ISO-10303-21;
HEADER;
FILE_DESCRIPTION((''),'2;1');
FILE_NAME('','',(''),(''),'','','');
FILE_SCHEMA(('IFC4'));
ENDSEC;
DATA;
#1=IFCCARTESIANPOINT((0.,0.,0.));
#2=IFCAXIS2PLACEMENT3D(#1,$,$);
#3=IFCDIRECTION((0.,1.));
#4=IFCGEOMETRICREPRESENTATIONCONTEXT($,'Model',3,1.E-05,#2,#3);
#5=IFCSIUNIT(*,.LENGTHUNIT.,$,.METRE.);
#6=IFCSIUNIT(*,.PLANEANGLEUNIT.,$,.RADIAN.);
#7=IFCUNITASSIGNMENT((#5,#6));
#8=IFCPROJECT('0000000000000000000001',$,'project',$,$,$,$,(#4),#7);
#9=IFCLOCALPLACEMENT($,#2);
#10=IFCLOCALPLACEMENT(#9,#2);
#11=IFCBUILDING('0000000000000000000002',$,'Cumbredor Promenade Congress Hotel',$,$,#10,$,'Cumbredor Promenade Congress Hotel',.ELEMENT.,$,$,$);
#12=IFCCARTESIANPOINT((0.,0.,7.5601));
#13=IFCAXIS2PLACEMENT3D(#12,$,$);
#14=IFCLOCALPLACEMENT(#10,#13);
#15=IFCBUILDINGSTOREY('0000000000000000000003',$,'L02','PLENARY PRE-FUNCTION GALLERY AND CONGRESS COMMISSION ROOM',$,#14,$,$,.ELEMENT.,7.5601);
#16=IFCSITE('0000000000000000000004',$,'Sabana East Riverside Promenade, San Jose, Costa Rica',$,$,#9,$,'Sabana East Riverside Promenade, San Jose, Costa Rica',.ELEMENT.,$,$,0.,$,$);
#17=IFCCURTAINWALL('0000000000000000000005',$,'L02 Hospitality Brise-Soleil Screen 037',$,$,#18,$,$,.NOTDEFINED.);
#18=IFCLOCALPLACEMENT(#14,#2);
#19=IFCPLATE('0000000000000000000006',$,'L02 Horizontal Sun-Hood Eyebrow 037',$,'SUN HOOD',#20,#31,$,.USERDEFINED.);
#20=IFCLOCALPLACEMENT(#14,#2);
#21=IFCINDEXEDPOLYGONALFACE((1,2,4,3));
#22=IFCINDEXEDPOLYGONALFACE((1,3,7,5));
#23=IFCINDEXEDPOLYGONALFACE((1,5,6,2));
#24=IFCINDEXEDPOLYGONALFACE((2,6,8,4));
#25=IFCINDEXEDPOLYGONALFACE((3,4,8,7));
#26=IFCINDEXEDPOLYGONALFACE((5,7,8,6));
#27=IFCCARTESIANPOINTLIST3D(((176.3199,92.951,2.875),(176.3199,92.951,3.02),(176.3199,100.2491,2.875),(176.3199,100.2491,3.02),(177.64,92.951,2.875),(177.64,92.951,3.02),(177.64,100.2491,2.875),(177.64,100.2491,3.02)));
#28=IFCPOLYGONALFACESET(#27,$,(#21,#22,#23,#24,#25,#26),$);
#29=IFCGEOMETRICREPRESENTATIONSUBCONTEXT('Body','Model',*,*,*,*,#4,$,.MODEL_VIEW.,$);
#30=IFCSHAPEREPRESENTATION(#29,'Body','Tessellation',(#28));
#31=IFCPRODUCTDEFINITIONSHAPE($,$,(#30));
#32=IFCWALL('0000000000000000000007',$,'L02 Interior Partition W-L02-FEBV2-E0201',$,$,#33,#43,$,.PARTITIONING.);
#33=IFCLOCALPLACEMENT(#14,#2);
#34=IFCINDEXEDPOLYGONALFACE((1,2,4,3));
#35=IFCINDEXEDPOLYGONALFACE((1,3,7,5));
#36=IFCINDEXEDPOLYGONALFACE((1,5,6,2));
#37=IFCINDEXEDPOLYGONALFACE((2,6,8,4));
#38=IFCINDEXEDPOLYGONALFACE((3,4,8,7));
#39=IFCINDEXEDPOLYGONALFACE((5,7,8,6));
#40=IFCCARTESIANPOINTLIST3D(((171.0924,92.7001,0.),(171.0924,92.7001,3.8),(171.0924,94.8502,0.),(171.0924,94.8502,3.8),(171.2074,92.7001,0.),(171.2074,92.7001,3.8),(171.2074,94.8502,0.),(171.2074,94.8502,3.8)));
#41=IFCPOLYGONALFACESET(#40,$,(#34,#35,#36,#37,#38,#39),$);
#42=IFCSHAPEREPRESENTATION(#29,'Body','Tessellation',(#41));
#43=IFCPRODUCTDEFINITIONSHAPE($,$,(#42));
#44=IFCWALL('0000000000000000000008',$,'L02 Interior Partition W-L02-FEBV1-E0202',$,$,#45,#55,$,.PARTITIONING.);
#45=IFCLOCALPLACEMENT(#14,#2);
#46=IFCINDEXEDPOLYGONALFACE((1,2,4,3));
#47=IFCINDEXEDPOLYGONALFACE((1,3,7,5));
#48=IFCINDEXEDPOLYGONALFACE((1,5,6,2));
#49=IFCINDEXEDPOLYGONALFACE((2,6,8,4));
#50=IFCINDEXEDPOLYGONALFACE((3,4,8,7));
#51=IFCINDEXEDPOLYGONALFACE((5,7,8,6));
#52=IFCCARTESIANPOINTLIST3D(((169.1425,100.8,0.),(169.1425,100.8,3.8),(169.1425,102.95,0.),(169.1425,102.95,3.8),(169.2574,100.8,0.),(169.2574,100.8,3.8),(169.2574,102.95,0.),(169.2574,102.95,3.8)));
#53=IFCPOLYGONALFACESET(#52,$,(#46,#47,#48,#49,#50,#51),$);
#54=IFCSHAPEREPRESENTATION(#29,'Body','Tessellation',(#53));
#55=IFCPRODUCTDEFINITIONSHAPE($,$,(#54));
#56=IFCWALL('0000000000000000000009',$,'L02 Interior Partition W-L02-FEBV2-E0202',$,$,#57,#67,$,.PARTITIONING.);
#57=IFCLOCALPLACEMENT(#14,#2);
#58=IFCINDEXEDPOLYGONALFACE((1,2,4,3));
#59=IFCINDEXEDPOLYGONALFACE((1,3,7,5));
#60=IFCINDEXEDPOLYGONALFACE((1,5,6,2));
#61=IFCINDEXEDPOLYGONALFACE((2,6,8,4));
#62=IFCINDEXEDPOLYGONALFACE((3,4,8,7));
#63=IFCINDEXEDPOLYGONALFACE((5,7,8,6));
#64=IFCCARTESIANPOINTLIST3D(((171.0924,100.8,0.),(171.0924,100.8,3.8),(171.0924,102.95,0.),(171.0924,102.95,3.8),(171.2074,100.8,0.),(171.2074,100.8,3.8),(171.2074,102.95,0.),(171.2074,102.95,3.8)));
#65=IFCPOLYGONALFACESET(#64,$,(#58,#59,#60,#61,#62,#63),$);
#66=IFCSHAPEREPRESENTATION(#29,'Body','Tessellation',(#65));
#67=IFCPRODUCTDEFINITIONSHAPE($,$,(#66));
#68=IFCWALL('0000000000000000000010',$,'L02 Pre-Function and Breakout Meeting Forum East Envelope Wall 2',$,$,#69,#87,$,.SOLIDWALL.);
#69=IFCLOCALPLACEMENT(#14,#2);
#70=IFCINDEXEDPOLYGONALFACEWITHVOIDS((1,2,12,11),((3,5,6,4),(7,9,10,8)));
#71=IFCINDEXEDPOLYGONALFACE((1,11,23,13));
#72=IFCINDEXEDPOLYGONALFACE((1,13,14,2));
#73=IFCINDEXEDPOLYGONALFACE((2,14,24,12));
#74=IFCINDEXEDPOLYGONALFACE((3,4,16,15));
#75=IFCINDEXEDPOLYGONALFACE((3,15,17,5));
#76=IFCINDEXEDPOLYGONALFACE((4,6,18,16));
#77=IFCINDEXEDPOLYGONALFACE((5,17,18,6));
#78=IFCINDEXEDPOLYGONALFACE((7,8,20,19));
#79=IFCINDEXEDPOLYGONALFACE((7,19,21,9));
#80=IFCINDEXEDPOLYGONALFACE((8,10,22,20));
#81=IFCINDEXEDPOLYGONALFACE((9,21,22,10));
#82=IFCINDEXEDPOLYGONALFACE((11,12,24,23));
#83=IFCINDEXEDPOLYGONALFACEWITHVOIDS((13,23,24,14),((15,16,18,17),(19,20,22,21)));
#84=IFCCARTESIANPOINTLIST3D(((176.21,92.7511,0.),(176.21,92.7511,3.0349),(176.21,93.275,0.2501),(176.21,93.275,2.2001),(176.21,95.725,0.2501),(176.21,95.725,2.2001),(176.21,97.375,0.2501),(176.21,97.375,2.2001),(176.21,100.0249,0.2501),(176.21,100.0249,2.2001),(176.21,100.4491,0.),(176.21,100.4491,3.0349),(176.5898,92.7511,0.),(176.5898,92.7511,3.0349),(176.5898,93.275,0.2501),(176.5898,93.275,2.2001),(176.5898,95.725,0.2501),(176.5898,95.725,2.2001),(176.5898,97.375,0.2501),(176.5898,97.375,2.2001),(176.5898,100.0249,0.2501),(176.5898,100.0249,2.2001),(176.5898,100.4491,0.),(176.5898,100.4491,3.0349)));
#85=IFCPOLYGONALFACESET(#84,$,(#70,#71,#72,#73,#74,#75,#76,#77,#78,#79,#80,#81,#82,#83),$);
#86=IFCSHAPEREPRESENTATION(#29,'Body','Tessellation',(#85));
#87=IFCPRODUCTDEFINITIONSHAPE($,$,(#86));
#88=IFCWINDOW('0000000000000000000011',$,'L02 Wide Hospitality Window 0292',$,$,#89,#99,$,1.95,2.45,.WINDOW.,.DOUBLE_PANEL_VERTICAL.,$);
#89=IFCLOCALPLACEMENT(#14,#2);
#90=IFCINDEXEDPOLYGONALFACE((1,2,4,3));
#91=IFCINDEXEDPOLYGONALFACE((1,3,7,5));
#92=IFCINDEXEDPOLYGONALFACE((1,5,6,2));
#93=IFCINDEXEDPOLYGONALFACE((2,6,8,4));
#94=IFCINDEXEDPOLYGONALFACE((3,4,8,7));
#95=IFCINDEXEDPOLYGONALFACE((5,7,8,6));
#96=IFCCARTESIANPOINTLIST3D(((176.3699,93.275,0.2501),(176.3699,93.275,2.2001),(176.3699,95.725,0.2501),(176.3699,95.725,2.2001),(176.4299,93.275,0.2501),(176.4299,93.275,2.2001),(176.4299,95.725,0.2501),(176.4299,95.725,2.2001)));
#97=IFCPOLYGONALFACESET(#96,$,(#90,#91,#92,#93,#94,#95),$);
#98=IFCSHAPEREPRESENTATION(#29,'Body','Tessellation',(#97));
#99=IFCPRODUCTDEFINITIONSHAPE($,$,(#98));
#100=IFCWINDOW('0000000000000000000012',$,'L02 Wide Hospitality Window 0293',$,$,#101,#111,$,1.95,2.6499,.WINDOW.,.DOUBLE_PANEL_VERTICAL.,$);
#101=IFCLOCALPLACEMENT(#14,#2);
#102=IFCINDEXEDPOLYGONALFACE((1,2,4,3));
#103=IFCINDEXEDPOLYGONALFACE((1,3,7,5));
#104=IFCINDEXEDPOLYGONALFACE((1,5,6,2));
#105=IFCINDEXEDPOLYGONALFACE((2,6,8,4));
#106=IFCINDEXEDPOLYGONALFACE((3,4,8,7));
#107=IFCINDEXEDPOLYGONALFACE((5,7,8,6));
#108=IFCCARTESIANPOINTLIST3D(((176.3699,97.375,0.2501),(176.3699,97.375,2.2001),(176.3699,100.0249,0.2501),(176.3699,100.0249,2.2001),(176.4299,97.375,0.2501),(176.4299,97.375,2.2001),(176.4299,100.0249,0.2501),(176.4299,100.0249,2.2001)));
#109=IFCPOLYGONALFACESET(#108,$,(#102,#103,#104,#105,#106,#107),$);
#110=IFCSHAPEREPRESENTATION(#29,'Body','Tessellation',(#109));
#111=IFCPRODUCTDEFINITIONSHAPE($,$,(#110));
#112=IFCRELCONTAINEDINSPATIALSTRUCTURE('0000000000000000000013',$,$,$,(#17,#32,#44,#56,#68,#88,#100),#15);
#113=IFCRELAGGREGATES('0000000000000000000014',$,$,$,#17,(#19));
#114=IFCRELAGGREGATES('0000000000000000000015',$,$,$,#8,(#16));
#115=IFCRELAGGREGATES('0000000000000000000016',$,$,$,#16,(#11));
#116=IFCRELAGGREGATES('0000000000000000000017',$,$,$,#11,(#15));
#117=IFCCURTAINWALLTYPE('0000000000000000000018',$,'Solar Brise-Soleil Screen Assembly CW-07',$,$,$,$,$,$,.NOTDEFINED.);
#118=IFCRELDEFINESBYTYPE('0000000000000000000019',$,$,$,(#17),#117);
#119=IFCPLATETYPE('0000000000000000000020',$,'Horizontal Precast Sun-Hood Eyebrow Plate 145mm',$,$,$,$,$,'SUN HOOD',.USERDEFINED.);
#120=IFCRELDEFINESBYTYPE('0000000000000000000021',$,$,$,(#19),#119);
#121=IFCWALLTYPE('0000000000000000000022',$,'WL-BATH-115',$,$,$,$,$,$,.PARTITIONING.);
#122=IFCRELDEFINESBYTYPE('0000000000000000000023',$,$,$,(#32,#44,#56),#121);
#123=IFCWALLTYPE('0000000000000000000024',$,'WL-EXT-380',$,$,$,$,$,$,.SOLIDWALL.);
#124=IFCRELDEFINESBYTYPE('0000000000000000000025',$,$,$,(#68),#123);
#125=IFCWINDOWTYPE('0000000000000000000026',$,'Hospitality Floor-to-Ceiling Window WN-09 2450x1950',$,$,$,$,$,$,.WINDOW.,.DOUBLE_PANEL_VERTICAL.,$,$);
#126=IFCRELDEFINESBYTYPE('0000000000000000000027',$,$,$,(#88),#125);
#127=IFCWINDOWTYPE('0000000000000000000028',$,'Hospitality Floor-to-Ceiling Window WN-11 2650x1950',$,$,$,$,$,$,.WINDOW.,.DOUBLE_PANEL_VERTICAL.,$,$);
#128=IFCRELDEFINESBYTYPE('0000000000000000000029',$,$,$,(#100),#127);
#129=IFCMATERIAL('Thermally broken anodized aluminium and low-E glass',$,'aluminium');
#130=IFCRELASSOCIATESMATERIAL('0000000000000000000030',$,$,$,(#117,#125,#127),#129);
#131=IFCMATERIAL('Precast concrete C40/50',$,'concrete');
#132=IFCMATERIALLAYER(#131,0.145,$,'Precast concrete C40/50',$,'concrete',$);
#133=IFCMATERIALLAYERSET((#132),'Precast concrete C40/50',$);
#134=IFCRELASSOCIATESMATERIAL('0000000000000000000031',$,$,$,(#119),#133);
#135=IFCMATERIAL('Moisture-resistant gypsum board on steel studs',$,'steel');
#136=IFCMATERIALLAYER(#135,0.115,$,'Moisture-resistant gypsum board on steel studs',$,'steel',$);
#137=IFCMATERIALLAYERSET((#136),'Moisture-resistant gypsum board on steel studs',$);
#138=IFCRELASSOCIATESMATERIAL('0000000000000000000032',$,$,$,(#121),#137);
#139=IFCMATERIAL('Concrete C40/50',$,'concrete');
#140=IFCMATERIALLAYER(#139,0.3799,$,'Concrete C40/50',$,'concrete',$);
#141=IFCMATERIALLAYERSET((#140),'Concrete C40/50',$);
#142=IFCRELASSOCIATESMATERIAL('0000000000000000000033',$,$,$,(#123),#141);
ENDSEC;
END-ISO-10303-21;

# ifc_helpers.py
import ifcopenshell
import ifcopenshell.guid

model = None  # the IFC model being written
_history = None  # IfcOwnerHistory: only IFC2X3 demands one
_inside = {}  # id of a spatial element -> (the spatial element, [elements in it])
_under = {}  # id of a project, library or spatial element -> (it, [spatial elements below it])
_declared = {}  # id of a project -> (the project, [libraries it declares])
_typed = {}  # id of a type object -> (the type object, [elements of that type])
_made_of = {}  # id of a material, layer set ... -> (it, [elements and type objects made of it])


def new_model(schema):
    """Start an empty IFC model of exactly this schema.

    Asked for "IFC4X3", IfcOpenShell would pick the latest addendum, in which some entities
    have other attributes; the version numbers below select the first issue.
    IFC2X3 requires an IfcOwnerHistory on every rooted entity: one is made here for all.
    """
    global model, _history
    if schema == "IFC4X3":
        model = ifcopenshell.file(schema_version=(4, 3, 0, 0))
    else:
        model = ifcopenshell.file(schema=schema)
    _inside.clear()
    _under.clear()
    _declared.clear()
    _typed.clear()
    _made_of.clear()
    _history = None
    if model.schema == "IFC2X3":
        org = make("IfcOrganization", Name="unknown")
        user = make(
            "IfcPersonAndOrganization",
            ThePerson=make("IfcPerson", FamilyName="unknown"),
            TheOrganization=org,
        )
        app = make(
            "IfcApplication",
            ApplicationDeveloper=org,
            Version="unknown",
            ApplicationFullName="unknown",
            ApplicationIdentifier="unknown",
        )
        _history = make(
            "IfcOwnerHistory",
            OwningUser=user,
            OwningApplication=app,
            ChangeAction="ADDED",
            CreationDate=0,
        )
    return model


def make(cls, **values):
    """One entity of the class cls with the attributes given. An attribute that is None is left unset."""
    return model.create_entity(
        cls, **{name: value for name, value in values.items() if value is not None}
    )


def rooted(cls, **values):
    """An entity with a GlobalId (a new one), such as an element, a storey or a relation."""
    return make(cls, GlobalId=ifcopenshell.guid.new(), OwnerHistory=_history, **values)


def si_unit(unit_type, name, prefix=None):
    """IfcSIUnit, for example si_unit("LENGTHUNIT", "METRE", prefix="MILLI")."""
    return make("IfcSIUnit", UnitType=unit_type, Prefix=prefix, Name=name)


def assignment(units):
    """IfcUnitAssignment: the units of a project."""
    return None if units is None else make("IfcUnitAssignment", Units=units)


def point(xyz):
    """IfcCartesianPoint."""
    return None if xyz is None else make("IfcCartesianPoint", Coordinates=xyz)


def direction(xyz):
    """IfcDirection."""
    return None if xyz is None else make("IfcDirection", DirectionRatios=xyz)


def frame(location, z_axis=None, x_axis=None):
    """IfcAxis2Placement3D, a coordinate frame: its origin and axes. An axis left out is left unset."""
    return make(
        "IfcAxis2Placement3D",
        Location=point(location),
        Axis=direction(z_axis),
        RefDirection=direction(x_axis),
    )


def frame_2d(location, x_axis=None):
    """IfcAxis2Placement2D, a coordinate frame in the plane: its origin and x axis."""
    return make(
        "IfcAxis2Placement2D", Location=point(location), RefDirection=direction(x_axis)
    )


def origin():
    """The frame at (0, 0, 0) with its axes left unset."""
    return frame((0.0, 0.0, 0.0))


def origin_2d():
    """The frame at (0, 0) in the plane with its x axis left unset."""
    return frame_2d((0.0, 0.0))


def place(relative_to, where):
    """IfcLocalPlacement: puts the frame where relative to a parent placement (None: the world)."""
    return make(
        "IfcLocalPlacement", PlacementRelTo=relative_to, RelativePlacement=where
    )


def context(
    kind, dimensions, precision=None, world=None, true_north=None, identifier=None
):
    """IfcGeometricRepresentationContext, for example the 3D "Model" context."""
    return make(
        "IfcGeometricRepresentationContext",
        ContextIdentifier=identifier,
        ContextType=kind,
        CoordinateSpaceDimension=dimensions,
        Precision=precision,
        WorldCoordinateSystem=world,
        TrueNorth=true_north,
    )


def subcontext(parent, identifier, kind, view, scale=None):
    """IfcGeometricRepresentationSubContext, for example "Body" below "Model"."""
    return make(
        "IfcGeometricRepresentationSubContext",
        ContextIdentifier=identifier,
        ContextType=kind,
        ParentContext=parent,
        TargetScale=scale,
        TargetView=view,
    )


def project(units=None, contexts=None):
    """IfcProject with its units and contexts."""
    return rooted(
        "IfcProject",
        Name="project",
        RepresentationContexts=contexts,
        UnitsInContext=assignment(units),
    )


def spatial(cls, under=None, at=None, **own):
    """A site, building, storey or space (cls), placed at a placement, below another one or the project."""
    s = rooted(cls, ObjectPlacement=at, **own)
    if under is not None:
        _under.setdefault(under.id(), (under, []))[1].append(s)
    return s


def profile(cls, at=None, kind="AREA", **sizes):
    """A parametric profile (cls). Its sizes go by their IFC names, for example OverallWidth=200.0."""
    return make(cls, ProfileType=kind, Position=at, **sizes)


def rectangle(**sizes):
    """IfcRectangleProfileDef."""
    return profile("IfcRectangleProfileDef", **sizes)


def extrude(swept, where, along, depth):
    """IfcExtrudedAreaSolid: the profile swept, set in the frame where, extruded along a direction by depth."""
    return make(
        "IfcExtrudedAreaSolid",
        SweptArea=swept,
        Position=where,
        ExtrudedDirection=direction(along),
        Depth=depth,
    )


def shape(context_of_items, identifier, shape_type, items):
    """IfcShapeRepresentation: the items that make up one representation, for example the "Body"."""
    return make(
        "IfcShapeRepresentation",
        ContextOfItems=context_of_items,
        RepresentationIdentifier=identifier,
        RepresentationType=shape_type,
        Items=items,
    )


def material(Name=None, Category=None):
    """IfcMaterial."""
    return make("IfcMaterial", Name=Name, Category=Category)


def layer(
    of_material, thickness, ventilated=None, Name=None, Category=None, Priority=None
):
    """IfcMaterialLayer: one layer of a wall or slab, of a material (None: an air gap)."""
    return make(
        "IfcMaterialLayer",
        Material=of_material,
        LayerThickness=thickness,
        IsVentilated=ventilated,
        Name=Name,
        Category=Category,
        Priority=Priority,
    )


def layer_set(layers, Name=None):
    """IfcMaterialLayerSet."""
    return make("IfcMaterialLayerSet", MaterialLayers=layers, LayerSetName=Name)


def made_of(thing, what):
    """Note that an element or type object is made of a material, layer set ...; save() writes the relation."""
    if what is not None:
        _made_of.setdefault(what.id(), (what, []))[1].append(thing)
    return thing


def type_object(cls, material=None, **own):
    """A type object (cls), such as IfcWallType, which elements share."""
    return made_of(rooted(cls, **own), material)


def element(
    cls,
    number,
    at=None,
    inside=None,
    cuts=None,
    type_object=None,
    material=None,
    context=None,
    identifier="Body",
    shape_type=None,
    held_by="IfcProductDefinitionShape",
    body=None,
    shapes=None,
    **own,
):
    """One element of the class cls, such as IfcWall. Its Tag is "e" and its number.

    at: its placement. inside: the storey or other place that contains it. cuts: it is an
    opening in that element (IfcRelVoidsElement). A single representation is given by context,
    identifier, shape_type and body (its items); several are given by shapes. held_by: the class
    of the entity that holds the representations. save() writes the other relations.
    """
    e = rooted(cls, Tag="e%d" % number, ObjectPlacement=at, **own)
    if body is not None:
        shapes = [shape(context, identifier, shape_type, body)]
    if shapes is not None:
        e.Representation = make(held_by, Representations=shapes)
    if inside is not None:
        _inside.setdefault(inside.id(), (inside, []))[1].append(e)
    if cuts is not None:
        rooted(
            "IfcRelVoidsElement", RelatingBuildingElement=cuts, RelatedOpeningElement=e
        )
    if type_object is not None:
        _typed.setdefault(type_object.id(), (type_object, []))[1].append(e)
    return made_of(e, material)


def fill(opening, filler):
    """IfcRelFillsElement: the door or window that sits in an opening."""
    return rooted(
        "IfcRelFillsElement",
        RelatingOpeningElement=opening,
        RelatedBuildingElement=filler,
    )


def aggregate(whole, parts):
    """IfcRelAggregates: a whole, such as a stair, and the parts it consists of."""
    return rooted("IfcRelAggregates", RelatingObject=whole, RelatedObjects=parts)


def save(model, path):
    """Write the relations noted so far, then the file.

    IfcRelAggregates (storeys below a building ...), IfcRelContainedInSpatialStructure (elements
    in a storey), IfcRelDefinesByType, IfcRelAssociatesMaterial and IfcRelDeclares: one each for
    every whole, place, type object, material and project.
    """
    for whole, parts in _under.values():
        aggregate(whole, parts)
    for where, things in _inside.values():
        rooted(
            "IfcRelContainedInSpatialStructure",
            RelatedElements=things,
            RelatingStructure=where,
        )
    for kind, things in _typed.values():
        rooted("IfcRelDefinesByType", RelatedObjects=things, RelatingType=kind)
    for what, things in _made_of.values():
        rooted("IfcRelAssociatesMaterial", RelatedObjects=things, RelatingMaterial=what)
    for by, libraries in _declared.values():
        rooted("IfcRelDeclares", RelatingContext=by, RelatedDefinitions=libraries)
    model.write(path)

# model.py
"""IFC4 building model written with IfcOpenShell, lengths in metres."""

from ifc_helpers import new_model, si_unit, direction, frame, frame_2d, origin, origin_2d, place, context, subcontext, project, spatial, rectangle, extrude, material, layer, layer_set, type_object, element, fill, aggregate, save


model = new_model("IFC4")

# Units and contexts
model_context = context("Model", 3, precision=1e-05, world=origin(), true_north=direction((0.0, 1.0)))
body_context = subcontext(model_context, "Body", "Model", "MODEL_VIEW")
ifc_project = project(units=[si_unit("LENGTHUNIT", "METRE"), si_unit("PLANEANGLEUNIT", "RADIAN")], contexts=[model_context])

# Site, building, storey
site_placement = place(None, origin())
site = spatial("IfcSite", under=ifc_project, at=site_placement, Name="Sabana East Riverside Promenade, San Jose, Costa Rica", LongName="Sabana East Riverside Promenade, San Jose, Costa Rica", CompositionType="ELEMENT", RefElevation=0.0)
building_placement = place(site_placement, origin())
building = spatial("IfcBuilding", under=site, at=building_placement, Name="Cumbredor Promenade Congress Hotel", LongName="Cumbredor Promenade Congress Hotel", CompositionType="ELEMENT")
storey_placement = place(building_placement, frame((0.0, 0.0, 7.5601)))
storey = spatial("IfcBuildingStorey", under=building, at=storey_placement, Name="L02", Description="PLENARY PRE-FUNCTION GALLERY AND CONGRESS COMMISSION ROOM", CompositionType="ELEMENT", Elevation=7.5601)

# Shared definitions
ifc_material_1 = material(Name="Concrete C40/50", Category="concrete")

# Curtain wall
ifc_material_2 = material(Name="Thermally broken anodized aluminium and low-E glass", Category="aluminium")
curtain_wall_type = type_object("IfcCurtainWallType", Name="Solar Brise-Soleil Screen Assembly CW-07", PredefinedType="NOTDEFINED", material=ifc_material_2)
curtain_wall_placement = place(storey_placement, origin())
curtain_wall = element("IfcCurtainWall", 1, at=curtain_wall_placement, inside=storey, type_object=curtain_wall_type, Name="L02 Hospitality Brise-Soleil Screen 037", PredefinedType="NOTDEFINED")

# Plate
ifc_material_3 = material(Name="Precast concrete C40/50", Category="concrete")
ifc_layer_1 = layer(ifc_material_3, 0.145, Name="Precast concrete C40/50", Category="concrete")
ifc_layer_set_1 = layer_set([ifc_layer_1], Name="Precast concrete C40/50")
plate_type = type_object("IfcPlateType", Name="Horizontal Precast Sun-Hood Eyebrow Plate 145mm", ElementType="SUN HOOD", PredefinedType="USERDEFINED", material=ifc_layer_set_1)
plate_placement = place(storey_placement, frame((176.98, 96.6001, 2.875), z_axis=(0.0, 0.0, 1.0), x_axis=(0.0, 1.0, 0.0)))
plate = element("IfcPlate", 2, at=plate_placement, type_object=plate_type, Name="L02 Horizontal Sun-Hood Eyebrow 037", ObjectType="SUN HOOD", PredefinedType="USERDEFINED", context=body_context, shape_type="SweptSolid", body=[
    extrude(rectangle(XDim=7.2981, YDim=1.3201, at=origin_2d()), origin(), (0.0, 0.0, 1.0), 0.145),
])
aggregate(curtain_wall, [plate])

# Walls
ifc_material_4 = material(Name="Moisture-resistant gypsum board on steel studs", Category="steel")
ifc_layer_2 = layer(ifc_material_4, 0.115, Name="Moisture-resistant gypsum board on steel studs", Category="steel")
ifc_layer_set_2 = layer_set([ifc_layer_2], Name="Moisture-resistant gypsum board on steel studs")
wall_type_1 = type_object("IfcWallType", Name="WL-BATH-115", PredefinedType="PARTITIONING", material=ifc_layer_set_2)
wall_1_placement = place(storey_placement, frame((171.1499, 92.7, 0.0), z_axis=(0.0, 0.0, 1.0), x_axis=(0.0, 1.0, 0.0)))
element("IfcWall", 3, at=wall_1_placement, inside=storey, type_object=wall_type_1, Name="L02 Interior Partition W-L02-FEBV2-E0201", PredefinedType="PARTITIONING", context=body_context, shape_type="SweptSolid", body=[
    extrude(rectangle(XDim=2.1501, YDim=0.115, at=frame_2d((1.0752, 0.0))), origin(), (0.0, 0.0, 1.0), 3.8),
])
for number, where, z_axis, x_axis, name in (
    (4, (169.2, 100.8, 0.0), (0.0, 0.0, 1.0), (0.0, 1.0, 0.0), "L02 Interior Partition W-L02-FEBV1-E0202"),
    (5, (171.1499, 100.8, 0.0), (0.0, 0.0, 1.0), (0.0, 1.0, 0.0), "L02 Interior Partition W-L02-FEBV2-E0202"),
):
    element("IfcWall", number, at=place(storey_placement, frame(where, z_axis=z_axis, x_axis=x_axis)), inside=storey, type_object=wall_type_1, Name=name, PredefinedType="PARTITIONING", context=body_context, shape_type="SweptSolid", body=[
        extrude(rectangle(XDim=2.1499, YDim=0.115, at=frame_2d((1.075, 0.0))), origin(), (0.0, 0.0, 1.0), 3.8),
    ])

# Wall, openings, windows
ifc_layer_3 = layer(ifc_material_1, 0.3799, Name="Concrete C40/50", Category="concrete")
ifc_layer_set_3 = layer_set([ifc_layer_3], Name="Concrete C40/50")
wall_type_2 = type_object("IfcWallType", Name="WL-EXT-380", PredefinedType="SOLIDWALL", material=ifc_layer_set_3)
wall_2_placement = place(storey_placement, frame((176.3999, 92.751, 0.0), z_axis=(0.0, 0.0, 1.0), x_axis=(0.0, 1.0, 0.0)))
wall_2 = element("IfcWall", 6, at=wall_2_placement, inside=storey, type_object=wall_type_2, Name="L02 Pre-Function and Breakout Meeting Forum East Envelope Wall 2", PredefinedType="SOLIDWALL", context=body_context, shape_type="SweptSolid", body=[
    extrude(rectangle(XDim=7.698, YDim=0.3799, at=frame_2d((3.8491, 0.0))), origin(), (0.0, 0.0, 1.0), 3.0349),
])
opening_1_placement = place(wall_2_placement, frame((0.5239, 0.0, 0.25)))
opening_1 = element("IfcOpeningElement", 7, at=opening_1_placement, cuts=wall_2, PredefinedType="OPENING", context=body_context, shape_type="SweptSolid", body=[
    extrude(rectangle(XDim=2.45, YDim=1.95, at=frame_2d((1.2251, 0.9751))), frame((0.0, 0.2, 0.0), z_axis=(0.0, -1.0, 0.0), x_axis=(1.0, 0.0, 0.0)), (0.0, 0.0, 1.0), 0.3999),
])
opening_2_placement = place(wall_2_placement, frame((4.624, 0.0, 0.25)))
opening_2 = element("IfcOpeningElement", 8, at=opening_2_placement, cuts=wall_2, PredefinedType="OPENING", context=body_context, shape_type="SweptSolid", body=[
    extrude(rectangle(XDim=2.6499, YDim=1.95, at=frame_2d((1.325, 0.9751))), frame((0.0, 0.2, 0.0), z_axis=(0.0, -1.0, 0.0), x_axis=(1.0, 0.0, 0.0)), (0.0, 0.0, 1.0), 0.3999),
])
window_type_1 = type_object("IfcWindowType", Name="Hospitality Floor-to-Ceiling Window WN-09 2450x1950", PartitioningType="DOUBLE_PANEL_VERTICAL", PredefinedType="WINDOW", material=ifc_material_2)
window_1_placement = place(opening_1_placement, origin())
window_1 = element("IfcWindow", 9, at=window_1_placement, inside=storey, type_object=window_type_1, Name="L02 Wide Hospitality Window 0292", OverallHeight=1.95, OverallWidth=2.45, PartitioningType="DOUBLE_PANEL_VERTICAL", PredefinedType="WINDOW", context=body_context, shape_type="SweptSolid", body=[
    extrude(rectangle(XDim=2.45, YDim=1.95, at=frame_2d((1.2251, 0.9751))), frame((0.0, 0.03, 0.0), z_axis=(0.0, -1.0, 0.0), x_axis=(1.0, 0.0, 0.0)), (0.0, 0.0, 1.0), 0.0601),
])
fill(opening_1, window_1)
window_type_2 = type_object("IfcWindowType", Name="Hospitality Floor-to-Ceiling Window WN-11 2650x1950", PartitioningType="DOUBLE_PANEL_VERTICAL", PredefinedType="WINDOW", material=ifc_material_2)
window_2_placement = place(opening_2_placement, origin())
window_2 = element("IfcWindow", 10, at=window_2_placement, inside=storey, type_object=window_type_2, Name="L02 Wide Hospitality Window 0293", OverallHeight=1.95, OverallWidth=2.6499, PartitioningType="DOUBLE_PANEL_VERTICAL", PredefinedType="WINDOW", context=body_context, shape_type="SweptSolid", body=[
    extrude(rectangle(XDim=2.6499, YDim=1.95, at=frame_2d((1.325, 0.9751))), frame((0.0, 0.03, 0.0), z_axis=(0.0, -1.0, 0.0), x_axis=(1.0, 0.0, 0.0)), (0.0, 0.0, 1.0), 0.0601),
])
fill(opening_2, window_2)

save(model, "model.ifc")
